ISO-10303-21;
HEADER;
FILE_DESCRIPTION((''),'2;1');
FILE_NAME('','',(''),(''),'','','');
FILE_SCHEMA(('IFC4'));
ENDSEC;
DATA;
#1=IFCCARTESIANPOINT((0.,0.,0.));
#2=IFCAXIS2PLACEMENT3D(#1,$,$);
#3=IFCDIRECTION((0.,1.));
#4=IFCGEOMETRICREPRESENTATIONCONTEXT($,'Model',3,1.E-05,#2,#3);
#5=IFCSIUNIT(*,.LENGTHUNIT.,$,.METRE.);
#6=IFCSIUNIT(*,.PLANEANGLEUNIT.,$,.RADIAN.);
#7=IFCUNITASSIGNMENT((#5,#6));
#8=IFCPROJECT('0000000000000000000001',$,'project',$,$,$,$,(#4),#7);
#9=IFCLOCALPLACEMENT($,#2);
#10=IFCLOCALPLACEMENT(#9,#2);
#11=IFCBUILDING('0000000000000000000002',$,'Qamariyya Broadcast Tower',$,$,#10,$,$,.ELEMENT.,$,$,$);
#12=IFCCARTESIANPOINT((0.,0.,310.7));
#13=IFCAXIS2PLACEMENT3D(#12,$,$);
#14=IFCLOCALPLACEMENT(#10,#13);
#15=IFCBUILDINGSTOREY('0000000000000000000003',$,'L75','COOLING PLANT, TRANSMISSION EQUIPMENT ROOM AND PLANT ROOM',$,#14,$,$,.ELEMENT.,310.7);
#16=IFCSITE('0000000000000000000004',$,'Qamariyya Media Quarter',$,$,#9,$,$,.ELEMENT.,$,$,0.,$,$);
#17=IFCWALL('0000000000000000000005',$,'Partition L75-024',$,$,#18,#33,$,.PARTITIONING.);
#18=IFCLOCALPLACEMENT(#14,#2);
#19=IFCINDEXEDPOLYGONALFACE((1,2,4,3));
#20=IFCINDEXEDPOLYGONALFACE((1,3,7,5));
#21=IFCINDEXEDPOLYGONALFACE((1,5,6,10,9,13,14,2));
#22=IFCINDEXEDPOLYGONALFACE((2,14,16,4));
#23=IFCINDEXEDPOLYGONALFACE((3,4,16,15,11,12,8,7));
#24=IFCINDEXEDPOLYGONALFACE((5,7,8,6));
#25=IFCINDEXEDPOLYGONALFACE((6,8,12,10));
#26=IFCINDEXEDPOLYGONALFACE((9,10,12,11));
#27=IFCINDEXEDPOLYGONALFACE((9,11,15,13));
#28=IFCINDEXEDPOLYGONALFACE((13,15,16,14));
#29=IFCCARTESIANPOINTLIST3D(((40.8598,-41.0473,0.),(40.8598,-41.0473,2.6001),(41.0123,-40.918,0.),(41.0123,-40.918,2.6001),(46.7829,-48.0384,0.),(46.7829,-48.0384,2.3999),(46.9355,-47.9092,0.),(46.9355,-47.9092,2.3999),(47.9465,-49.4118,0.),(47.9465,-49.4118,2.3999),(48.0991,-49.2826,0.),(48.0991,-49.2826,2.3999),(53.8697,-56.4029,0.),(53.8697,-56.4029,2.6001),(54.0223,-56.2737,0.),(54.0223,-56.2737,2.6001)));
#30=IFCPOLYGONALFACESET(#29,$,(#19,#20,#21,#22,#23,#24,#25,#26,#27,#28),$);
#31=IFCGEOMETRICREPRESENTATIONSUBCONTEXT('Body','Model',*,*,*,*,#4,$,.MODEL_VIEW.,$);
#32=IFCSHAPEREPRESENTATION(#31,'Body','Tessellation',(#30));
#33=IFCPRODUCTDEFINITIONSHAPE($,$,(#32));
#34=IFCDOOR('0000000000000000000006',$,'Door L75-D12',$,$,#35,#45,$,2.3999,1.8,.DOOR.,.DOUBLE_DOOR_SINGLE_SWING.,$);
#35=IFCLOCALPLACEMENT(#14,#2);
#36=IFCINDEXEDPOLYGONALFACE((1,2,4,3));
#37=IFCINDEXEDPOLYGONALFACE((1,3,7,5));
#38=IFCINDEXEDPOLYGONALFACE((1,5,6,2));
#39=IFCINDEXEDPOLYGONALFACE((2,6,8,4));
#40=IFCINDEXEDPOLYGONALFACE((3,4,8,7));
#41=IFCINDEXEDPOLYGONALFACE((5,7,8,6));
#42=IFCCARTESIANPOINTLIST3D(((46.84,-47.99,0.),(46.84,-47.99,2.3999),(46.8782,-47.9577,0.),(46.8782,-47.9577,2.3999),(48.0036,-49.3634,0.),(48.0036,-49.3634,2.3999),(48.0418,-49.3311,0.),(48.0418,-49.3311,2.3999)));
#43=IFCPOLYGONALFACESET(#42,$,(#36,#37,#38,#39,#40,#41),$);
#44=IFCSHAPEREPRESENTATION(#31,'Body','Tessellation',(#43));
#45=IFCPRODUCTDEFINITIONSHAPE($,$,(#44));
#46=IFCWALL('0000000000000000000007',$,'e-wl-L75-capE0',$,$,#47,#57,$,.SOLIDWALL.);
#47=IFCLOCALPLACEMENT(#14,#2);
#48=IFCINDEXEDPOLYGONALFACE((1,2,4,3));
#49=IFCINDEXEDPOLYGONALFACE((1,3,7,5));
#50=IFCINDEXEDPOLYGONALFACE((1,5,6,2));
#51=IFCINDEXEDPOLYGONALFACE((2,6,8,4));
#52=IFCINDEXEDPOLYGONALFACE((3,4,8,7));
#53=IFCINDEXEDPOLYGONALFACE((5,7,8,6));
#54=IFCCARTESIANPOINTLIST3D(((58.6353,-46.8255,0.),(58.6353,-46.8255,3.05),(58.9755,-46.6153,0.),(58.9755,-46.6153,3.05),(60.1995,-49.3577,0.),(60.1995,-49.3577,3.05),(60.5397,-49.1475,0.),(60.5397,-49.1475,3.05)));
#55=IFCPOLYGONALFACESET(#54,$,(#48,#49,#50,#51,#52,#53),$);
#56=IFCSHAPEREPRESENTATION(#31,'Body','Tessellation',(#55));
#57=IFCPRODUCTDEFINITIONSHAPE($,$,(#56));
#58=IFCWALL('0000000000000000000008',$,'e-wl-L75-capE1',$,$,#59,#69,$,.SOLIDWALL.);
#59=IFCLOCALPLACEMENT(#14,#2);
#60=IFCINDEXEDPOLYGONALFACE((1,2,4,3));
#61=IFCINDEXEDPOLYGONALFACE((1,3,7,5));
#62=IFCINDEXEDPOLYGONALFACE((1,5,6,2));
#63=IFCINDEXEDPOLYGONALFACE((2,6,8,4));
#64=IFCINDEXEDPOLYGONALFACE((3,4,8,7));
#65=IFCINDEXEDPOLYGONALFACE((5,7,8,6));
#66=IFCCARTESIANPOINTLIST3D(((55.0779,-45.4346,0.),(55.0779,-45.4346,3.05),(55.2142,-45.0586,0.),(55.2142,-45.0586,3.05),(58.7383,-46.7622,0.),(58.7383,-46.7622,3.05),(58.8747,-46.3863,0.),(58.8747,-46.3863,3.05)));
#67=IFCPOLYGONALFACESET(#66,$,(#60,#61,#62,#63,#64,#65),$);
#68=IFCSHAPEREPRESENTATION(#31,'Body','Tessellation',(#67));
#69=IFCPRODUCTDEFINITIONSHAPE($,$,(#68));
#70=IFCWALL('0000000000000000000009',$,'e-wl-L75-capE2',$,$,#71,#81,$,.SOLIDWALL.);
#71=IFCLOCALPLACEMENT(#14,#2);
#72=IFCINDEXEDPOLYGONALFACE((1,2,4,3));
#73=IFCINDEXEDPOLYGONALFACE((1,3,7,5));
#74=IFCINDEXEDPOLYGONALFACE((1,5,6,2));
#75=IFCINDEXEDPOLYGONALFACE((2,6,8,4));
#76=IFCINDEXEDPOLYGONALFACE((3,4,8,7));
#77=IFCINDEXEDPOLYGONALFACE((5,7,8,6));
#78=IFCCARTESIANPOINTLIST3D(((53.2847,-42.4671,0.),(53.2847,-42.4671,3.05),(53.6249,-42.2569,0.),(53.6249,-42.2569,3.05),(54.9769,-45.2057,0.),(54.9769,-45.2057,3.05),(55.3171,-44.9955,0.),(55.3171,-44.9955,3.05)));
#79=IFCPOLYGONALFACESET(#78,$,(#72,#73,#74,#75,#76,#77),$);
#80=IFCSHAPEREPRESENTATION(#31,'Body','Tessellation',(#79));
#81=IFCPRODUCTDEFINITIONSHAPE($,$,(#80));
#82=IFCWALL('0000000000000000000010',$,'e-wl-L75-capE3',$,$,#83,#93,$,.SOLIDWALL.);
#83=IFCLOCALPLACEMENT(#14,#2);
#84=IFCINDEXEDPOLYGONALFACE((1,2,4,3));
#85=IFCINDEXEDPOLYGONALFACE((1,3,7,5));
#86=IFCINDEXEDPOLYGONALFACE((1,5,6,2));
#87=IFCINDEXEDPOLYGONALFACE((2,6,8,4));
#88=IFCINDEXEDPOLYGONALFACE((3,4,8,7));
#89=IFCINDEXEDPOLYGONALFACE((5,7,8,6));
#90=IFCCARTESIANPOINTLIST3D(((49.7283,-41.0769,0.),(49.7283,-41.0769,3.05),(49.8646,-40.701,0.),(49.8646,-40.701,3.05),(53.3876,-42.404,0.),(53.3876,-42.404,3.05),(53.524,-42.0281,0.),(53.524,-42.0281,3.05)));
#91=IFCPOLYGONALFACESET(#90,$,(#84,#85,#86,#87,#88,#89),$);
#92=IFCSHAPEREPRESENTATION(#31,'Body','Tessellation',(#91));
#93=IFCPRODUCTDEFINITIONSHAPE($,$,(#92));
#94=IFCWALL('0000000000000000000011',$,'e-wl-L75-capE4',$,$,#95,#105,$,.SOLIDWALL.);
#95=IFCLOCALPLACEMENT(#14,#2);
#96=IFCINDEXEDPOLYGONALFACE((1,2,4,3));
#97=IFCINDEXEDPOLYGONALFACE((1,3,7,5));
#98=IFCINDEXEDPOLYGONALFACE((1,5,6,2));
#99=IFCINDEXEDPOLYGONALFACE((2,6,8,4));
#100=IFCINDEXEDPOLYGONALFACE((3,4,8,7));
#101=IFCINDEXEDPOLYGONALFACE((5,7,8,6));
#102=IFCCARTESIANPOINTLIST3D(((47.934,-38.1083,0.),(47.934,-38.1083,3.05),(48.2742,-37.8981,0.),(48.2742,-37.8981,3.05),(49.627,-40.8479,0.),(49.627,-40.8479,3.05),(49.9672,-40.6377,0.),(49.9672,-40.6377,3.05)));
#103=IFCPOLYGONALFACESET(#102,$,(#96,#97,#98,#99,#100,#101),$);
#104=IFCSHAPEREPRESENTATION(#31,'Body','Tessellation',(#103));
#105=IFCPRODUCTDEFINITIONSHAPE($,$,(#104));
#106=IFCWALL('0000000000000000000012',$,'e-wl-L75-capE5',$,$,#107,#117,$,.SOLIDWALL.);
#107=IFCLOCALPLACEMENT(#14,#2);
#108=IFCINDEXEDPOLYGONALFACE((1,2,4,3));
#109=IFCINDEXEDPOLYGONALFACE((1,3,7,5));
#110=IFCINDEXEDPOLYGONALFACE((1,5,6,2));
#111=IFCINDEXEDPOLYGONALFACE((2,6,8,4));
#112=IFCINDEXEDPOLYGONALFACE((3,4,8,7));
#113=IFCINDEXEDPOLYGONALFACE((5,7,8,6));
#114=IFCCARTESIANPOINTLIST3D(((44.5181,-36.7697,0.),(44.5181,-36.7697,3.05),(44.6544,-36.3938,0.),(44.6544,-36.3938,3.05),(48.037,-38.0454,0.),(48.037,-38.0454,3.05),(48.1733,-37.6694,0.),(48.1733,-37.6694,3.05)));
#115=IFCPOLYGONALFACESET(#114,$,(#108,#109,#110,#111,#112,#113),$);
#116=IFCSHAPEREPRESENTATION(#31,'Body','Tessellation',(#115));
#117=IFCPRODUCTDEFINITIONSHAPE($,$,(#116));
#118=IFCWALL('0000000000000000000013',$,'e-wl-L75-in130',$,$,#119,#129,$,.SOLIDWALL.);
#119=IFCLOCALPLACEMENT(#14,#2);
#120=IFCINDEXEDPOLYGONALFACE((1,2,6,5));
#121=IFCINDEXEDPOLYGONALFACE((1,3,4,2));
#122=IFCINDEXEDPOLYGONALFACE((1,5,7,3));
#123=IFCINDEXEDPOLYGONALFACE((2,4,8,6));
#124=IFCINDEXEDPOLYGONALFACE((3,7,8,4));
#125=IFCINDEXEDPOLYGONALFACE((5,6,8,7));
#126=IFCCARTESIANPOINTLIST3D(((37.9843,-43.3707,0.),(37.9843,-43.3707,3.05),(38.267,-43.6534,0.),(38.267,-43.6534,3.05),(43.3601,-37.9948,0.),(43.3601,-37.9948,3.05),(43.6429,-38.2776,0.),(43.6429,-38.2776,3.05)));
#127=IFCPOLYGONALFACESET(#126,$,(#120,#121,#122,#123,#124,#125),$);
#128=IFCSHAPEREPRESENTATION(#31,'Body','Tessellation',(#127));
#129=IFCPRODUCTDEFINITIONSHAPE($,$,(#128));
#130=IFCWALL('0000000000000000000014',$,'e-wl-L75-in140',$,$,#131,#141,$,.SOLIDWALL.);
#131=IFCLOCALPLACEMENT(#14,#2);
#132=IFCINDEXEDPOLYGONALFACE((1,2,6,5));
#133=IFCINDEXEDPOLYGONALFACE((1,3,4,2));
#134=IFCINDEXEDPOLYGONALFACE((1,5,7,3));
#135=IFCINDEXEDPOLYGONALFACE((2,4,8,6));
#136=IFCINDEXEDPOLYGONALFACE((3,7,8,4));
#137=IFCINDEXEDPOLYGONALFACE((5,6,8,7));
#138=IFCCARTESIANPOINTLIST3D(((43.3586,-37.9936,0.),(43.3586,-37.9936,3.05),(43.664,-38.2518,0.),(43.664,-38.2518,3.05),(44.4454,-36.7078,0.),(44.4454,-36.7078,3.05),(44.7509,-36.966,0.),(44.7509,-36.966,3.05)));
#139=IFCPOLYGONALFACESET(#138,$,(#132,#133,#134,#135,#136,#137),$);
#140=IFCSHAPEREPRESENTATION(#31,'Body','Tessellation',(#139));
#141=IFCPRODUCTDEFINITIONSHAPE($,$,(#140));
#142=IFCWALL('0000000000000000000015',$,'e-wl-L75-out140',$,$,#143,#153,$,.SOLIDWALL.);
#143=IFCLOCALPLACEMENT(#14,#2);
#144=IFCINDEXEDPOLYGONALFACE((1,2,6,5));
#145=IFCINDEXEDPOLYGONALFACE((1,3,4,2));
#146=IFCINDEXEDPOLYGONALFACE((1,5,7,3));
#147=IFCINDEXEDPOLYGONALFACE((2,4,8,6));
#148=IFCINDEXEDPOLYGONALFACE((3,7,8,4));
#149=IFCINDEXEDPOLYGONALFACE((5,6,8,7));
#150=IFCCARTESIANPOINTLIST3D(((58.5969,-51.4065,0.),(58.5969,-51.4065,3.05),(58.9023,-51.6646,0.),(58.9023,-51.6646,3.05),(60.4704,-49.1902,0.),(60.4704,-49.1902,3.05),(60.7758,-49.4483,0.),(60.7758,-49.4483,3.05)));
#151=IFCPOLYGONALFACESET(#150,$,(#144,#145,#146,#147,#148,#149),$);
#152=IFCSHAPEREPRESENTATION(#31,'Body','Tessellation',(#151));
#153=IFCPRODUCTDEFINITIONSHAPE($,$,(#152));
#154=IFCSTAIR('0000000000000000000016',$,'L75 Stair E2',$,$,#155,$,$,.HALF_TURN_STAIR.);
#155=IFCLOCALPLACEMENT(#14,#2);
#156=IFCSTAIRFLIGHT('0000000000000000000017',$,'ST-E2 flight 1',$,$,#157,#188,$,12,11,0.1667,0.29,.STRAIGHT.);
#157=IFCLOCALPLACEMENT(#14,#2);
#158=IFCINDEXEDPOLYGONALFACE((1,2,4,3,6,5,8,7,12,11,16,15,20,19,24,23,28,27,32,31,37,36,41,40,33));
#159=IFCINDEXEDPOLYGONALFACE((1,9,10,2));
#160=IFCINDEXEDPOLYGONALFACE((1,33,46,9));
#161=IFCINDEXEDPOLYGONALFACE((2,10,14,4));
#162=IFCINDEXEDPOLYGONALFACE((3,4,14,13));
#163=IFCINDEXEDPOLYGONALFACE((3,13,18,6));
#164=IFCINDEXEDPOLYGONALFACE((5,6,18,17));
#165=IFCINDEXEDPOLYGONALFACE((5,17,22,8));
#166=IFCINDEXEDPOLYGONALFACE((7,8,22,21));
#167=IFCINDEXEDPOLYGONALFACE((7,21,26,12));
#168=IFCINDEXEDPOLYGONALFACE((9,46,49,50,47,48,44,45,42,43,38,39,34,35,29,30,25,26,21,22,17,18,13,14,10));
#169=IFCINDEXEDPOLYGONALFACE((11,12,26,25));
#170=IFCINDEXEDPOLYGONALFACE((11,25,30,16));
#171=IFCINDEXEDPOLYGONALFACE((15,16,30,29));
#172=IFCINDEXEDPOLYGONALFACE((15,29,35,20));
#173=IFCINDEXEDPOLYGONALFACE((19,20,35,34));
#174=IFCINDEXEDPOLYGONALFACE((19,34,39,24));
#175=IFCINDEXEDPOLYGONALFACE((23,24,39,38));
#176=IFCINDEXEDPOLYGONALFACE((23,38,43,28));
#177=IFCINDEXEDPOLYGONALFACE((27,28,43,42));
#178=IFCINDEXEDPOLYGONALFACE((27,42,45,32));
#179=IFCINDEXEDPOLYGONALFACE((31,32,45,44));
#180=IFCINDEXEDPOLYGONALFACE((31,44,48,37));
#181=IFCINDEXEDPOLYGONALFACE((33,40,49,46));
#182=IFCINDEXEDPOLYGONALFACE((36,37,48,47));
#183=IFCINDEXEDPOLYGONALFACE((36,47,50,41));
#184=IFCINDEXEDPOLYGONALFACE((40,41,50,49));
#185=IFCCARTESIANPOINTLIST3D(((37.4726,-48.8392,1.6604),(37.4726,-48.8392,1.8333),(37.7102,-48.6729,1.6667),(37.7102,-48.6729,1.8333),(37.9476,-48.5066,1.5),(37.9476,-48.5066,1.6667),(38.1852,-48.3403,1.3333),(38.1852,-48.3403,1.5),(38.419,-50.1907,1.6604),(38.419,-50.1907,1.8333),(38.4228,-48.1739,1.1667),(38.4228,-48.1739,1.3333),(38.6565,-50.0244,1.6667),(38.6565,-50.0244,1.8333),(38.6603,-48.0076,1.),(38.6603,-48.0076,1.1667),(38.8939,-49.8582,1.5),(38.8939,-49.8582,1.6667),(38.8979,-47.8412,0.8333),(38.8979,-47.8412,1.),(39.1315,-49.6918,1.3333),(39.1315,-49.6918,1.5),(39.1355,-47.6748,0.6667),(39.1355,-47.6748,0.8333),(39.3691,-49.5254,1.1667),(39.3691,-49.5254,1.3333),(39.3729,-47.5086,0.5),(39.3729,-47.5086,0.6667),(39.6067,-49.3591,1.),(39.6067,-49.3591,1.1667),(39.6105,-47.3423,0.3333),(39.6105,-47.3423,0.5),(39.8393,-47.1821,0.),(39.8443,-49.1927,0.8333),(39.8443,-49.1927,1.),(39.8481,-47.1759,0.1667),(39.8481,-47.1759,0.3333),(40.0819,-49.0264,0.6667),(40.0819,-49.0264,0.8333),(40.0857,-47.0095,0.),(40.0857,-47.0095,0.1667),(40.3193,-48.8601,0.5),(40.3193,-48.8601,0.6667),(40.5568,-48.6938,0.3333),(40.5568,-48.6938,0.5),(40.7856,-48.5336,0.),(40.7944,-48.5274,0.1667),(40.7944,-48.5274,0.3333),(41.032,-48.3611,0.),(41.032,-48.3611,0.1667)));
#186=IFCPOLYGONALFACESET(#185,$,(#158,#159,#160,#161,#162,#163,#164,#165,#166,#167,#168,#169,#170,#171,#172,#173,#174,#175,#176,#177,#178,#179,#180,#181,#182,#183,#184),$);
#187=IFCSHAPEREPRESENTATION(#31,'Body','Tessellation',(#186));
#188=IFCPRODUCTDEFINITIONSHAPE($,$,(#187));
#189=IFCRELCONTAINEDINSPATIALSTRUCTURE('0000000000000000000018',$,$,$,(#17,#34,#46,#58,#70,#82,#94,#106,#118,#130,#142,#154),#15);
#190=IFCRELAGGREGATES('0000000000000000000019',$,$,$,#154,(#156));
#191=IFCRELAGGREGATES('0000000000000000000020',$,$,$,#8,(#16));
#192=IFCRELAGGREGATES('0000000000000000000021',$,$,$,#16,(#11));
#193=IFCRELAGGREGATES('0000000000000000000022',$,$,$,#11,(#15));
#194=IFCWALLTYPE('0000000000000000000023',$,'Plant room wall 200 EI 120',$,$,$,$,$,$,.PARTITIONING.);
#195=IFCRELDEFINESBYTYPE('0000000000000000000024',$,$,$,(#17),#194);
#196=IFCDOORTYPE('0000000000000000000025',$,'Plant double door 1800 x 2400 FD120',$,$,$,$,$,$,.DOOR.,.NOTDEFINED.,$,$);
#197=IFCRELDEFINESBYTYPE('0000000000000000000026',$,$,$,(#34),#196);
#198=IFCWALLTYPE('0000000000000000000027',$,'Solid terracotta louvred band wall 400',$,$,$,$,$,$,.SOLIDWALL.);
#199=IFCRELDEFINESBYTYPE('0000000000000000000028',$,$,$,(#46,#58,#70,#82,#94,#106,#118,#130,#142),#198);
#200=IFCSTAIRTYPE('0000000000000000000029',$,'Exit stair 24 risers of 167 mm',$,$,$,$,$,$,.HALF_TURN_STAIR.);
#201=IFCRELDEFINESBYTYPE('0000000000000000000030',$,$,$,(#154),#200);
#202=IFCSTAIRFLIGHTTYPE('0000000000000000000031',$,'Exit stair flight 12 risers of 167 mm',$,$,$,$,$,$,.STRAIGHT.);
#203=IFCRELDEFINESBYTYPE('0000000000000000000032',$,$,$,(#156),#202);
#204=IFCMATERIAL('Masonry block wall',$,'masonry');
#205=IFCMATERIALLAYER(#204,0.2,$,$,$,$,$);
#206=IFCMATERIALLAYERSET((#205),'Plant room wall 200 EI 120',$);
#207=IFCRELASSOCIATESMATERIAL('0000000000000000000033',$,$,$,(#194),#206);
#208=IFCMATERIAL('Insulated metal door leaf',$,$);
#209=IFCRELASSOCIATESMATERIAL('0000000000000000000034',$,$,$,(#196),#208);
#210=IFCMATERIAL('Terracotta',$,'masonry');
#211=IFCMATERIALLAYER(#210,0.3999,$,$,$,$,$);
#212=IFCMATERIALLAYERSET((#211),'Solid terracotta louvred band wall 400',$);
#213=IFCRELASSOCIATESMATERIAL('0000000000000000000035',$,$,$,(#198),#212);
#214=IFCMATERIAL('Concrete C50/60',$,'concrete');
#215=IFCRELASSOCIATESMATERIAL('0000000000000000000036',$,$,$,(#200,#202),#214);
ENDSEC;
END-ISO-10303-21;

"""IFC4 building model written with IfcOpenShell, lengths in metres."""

from ifc_helpers import new_model, si_unit, direction, frame, frame_2d, origin, place, context, subcontext, project, spatial, polyline, rectangle, outline, extrude, material, layer, layer_set, type_object, element, fill, aggregate, save


model = new_model("IFC4")

# Units and contexts
model_context = context("Model", 3, precision=1e-05, world=origin(), true_north=direction((0.0, 1.0)))
body_context = subcontext(model_context, "Body", "Model", "MODEL_VIEW")
ifc_project = project(units=[si_unit("LENGTHUNIT", "METRE"), si_unit("PLANEANGLEUNIT", "RADIAN")], contexts=[model_context])

# Site, building, storey
site_placement = place(None, origin())
site = spatial("IfcSite", under=ifc_project, at=site_placement, Name="Qamariyya Media Quarter", CompositionType="ELEMENT", RefElevation=0.0)
building_placement = place(site_placement, origin())
building = spatial("IfcBuilding", under=site, at=building_placement, Name="Qamariyya Broadcast Tower", CompositionType="ELEMENT")
storey_placement = place(building_placement, frame((0.0, 0.0, 310.7)))
storey = spatial("IfcBuildingStorey", under=building, at=storey_placement, Name="L75", Description="COOLING PLANT, TRANSMISSION EQUIPMENT ROOM AND PLANT ROOM", CompositionType="ELEMENT", Elevation=310.7)

# Shared definitions
ifc_material_1 = material(Name="Concrete C50/60", Category="concrete")

# Wall, opening, door
ifc_material_2 = material(Name="Masonry block wall", Category="masonry")
ifc_layer_1 = layer(ifc_material_2, 0.2)
ifc_layer_set_1 = layer_set([ifc_layer_1], Name="Plant room wall 200 EI 120")
wall_type_1 = type_object("IfcWallType", Name="Plant room wall 200 EI 120", PredefinedType="PARTITIONING", material=ifc_layer_set_1)
wall_1_placement = place(storey_placement, frame((40.936, -40.9827, 0.0), z_axis=(0.0, 0.0, 1.0), x_axis=(0.646426, -0.762977, 0.0)))
wall_1 = element("IfcWall", 1, at=wall_1_placement, inside=storey, type_object=wall_type_1, Name="Partition L75-024", PredefinedType="PARTITIONING", context=body_context, shape_type="SweptSolid", body=[
    extrude(rectangle(XDim=20.126, YDim=0.2, at=frame_2d((10.063, 0.0))), origin(), (0.0, 0.0, 1.0), 2.6001),
])
opening_1_placement = place(wall_1_placement, frame((9.1631, 0.0, 0.0)))
opening_1 = element("IfcOpeningElement", 2, at=opening_1_placement, cuts=wall_1, PredefinedType="OPENING", context=body_context, shape_type="SweptSolid", body=[
    extrude(rectangle(XDim=1.8, YDim=2.3999, at=frame_2d((0.8999, 1.2))), frame((0.0, 0.1099, 0.0), z_axis=(0.0, -1.0, 0.0), x_axis=(1.0, 0.0, 0.0)), (0.0, 0.0, 1.0), 0.22),
])
ifc_material_3 = material(Name="Insulated metal door leaf")
door_type_1 = type_object("IfcDoorType", Name="Plant double door 1800 x 2400 FD120", OperationType="NOTDEFINED", PredefinedType="DOOR", material=ifc_material_3)
door_1_placement = place(opening_1_placement, origin())
door_1 = element("IfcDoor", 3, at=door_1_placement, inside=storey, type_object=door_type_1, Name="Door L75-D12", OperationType="DOUBLE_DOOR_SINGLE_SWING", OverallHeight=2.3999, OverallWidth=1.8, PredefinedType="DOOR", context=body_context, shape_type="SweptSolid", body=[
    extrude(rectangle(XDim=1.8, YDim=2.3999, at=frame_2d((0.8999, 1.2))), frame((0.0, 0.0249, 0.0), z_axis=(0.0, -1.0, 0.0), x_axis=(1.0, 0.0, 0.0)), (0.0, 0.0, 1.0), 0.05),
])
fill(opening_1, door_1)

# Walls
ifc_material_4 = material(Name="Terracotta", Category="masonry")
ifc_layer_2 = layer(ifc_material_4, 0.3999)
ifc_layer_set_2 = layer_set([ifc_layer_2], Name="Solid terracotta louvred band wall 400")
wall_type_2 = type_object("IfcWallType", Name="Solid terracotta louvred band wall 400", PredefinedType="SOLIDWALL", material=ifc_layer_set_2)
wall_2_placement = place(storey_placement, frame((60.3696, -49.2527, 0.0), z_axis=(0.0, 0.0, 1.0), x_axis=(-0.525538, 0.85077, 0.0)))
element("IfcWall", 4, at=wall_2_placement, inside=storey, type_object=wall_type_2, Name="e-wl-L75-capE0", PredefinedType="SOLIDWALL", context=body_context, shape_type="SweptSolid", body=[
    extrude(rectangle(XDim=2.9763, YDim=0.3999, at=frame_2d((1.4883, 0.0))), origin(), (0.0, 0.0, 1.0), 3.05),
])
wall_3_placement = place(storey_placement, frame((58.8064, -46.5742, 0.0), z_axis=(0.0, 0.0, 1.0), x_axis=(-0.940075, 0.340968, 0.0)))
element("IfcWall", 5, at=wall_3_placement, inside=storey, type_object=wall_type_2, Name="e-wl-L75-capE1", PredefinedType="SOLIDWALL", context=body_context, shape_type="SweptSolid", body=[
    extrude(rectangle(XDim=3.8938, YDim=0.3999, at=frame_2d((1.9468, 0.0))), origin(), (0.0, 0.0, 1.0), 3.05),
])
wall_4_placement = place(storey_placement, frame((55.147, -45.1006, 0.0), z_axis=(0.0, 0.0, 1.0), x_axis=(-0.525649, 0.850701, 0.0)))
element("IfcWall", 6, at=wall_4_placement, inside=storey, type_object=wall_type_2, Name="e-wl-L75-capE2", PredefinedType="SOLIDWALL", context=body_context, shape_type="SweptSolid", body=[
    extrude(rectangle(XDim=3.2192, YDim=0.3999, at=frame_2d((1.6096, 0.0))), origin(), (0.0, 0.0, 1.0), 3.05),
])
wall_5_placement = place(storey_placement, frame((53.4558, -42.2161, 0.0), z_axis=(0.0, 0.0, 1.0), x_axis=(-0.940086, 0.340937, 0.0)))
element("IfcWall", 7, at=wall_5_placement, inside=storey, type_object=wall_type_2, Name="e-wl-L75-capE3", PredefinedType="SOLIDWALL", context=body_context, shape_type="SweptSolid", body=[
    extrude(rectangle(XDim=3.8926, YDim=0.3999, at=frame_2d((1.9463, 0.0))), origin(), (0.0, 0.0, 1.0), 3.05),
])
wall_6_placement = place(storey_placement, frame((49.7971, -40.7429, 0.0), z_axis=(0.0, 0.0, 1.0), x_axis=(-0.525678, 0.850683, 0.0)))
element("IfcWall", 8, at=wall_6_placement, inside=storey, type_object=wall_type_2, Name="e-wl-L75-capE4", PredefinedType="SOLIDWALL", context=body_context, shape_type="SweptSolid", body=[
    extrude(rectangle(XDim=3.2205, YDim=0.3999, at=frame_2d((1.6104, 0.0))), origin(), (0.0, 0.0, 1.0), 3.05),
])
wall_7_placement = place(storey_placement, frame((48.1052, -37.8574, 0.0), z_axis=(0.0, 0.0, 1.0), x_axis=(-0.94013, 0.340816, 0.0)))
element("IfcWall", 9, at=wall_7_placement, inside=storey, type_object=wall_type_2, Name="e-wl-L75-capE5", PredefinedType="SOLIDWALL", context=body_context, shape_type="SweptSolid", body=[
    extrude(rectangle(XDim=3.7429, YDim=0.3999, at=frame_2d((1.8716, 0.0))), origin(), (0.0, 0.0, 1.0), 3.05),
])
wall_8_placement = place(storey_placement, frame((43.5015, -38.1362, 0.0), z_axis=(0.0, 0.0, 1.0), x_axis=(-0.707107, -0.707107, 0.0)))
element("IfcWall", 10, at=wall_8_placement, inside=storey, type_object=wall_type_2, Name="e-wl-L75-in130", PredefinedType="SOLIDWALL", context=body_context, shape_type="SweptSolid", body=[
    extrude(rectangle(XDim=7.6025, YDim=0.3999, at=frame_2d((3.8013, 0.0))), origin(), (0.0, 0.0, 1.0), 3.05),
])
wall_9_placement = place(storey_placement, frame((44.5981, -36.8369, 0.0), z_axis=(0.0, 0.0, 1.0), x_axis=(-0.645546, -0.763722, 0.0)))
element("IfcWall", 11, at=wall_9_placement, inside=storey, type_object=wall_type_2, Name="e-wl-L75-in140", PredefinedType="SOLIDWALL", context=body_context, shape_type="SweptSolid", body=[
    extrude(rectangle(XDim=1.6836, YDim=0.3999, at=frame_2d((0.8418, 0.0))), origin(), (0.0, 0.0, 1.0), 3.05),
])
wall_10_placement = place(storey_placement, frame((58.7495, -51.5356, 0.0), z_axis=(0.0, 0.0, 1.0), x_axis=(0.64558, 0.763693, 0.0)))
element("IfcWall", 12, at=wall_10_placement, inside=storey, type_object=wall_type_2, Name="e-wl-L75-out140", PredefinedType="SOLIDWALL", context=body_context, shape_type="SweptSolid", body=[
    extrude(rectangle(XDim=2.9021, YDim=0.3999, at=frame_2d((1.4512, 0.0))), origin(), (0.0, 0.0, 1.0), 3.05),
])

# Stair, stair flight
stair_type = type_object("IfcStairType", Name="Exit stair 24 risers of 167 mm", PredefinedType="HALF_TURN_STAIR", material=ifc_material_1)
stair_1_placement = place(storey_placement, origin())
stair_1 = element("IfcStair", 13, at=stair_1_placement, inside=storey, type_object=stair_type, Name="L75 Stair E2", PredefinedType="HALF_TURN_STAIR")
stair_flight_type = type_object("IfcStairFlightType", Name="Exit stair flight 12 risers of 167 mm", PredefinedType="STRAIGHT", material=ifc_material_1)
stair_flight_1_placement = place(storey_placement, frame((40.5588, -47.6853, 0.0), z_axis=(0.0, 0.0, 1.0), x_axis=(-0.819152, -0.573576, 0.0)))
stair_flight_1 = element("IfcStairFlight", 14, at=stair_flight_1_placement, type_object=stair_flight_type, Name="ST-E2 flight 1", NumberOfRisers=12, NumberOfTreads=11, PredefinedType="STRAIGHT", RiserHeight=0.1667, TreadLength=0.29, context=body_context, shape_type="SweptSolid", body=[
    extrude(outline(polyline([(0.0, 0.0), (0.0, 0.1667), (0.29, 0.1667), (0.29, 0.3333), (0.5801, 0.3333), (0.5801, 0.5), (0.8701, 0.5), (0.8701, 0.6667), (1.1599, 0.6667), (1.1599, 0.8333), (1.45, 0.8333), (1.45, 1.0), (1.74, 1.0), (1.74, 1.1667), (2.03, 1.1667), (2.03, 1.3333), (2.3201, 1.3333), (2.3201, 1.5), (2.6101, 1.5), (2.6101, 1.6667), (2.8999, 1.6667), (2.8999, 1.8333), (3.1899, 1.8333), (3.1899, 2.0), (3.1899, 1.6604), (0.3008, 0.0), (0.0, 0.0)])), frame((0.0, 0.825, 0.0), z_axis=(0.0, -1.0, 0.0), x_axis=(1.0, 0.0, 0.0)), (0.0, 0.0, 1.0), 1.6499),
])
aggregate(stair_1, [stair_flight_1])

save(model, "model.ifc")
